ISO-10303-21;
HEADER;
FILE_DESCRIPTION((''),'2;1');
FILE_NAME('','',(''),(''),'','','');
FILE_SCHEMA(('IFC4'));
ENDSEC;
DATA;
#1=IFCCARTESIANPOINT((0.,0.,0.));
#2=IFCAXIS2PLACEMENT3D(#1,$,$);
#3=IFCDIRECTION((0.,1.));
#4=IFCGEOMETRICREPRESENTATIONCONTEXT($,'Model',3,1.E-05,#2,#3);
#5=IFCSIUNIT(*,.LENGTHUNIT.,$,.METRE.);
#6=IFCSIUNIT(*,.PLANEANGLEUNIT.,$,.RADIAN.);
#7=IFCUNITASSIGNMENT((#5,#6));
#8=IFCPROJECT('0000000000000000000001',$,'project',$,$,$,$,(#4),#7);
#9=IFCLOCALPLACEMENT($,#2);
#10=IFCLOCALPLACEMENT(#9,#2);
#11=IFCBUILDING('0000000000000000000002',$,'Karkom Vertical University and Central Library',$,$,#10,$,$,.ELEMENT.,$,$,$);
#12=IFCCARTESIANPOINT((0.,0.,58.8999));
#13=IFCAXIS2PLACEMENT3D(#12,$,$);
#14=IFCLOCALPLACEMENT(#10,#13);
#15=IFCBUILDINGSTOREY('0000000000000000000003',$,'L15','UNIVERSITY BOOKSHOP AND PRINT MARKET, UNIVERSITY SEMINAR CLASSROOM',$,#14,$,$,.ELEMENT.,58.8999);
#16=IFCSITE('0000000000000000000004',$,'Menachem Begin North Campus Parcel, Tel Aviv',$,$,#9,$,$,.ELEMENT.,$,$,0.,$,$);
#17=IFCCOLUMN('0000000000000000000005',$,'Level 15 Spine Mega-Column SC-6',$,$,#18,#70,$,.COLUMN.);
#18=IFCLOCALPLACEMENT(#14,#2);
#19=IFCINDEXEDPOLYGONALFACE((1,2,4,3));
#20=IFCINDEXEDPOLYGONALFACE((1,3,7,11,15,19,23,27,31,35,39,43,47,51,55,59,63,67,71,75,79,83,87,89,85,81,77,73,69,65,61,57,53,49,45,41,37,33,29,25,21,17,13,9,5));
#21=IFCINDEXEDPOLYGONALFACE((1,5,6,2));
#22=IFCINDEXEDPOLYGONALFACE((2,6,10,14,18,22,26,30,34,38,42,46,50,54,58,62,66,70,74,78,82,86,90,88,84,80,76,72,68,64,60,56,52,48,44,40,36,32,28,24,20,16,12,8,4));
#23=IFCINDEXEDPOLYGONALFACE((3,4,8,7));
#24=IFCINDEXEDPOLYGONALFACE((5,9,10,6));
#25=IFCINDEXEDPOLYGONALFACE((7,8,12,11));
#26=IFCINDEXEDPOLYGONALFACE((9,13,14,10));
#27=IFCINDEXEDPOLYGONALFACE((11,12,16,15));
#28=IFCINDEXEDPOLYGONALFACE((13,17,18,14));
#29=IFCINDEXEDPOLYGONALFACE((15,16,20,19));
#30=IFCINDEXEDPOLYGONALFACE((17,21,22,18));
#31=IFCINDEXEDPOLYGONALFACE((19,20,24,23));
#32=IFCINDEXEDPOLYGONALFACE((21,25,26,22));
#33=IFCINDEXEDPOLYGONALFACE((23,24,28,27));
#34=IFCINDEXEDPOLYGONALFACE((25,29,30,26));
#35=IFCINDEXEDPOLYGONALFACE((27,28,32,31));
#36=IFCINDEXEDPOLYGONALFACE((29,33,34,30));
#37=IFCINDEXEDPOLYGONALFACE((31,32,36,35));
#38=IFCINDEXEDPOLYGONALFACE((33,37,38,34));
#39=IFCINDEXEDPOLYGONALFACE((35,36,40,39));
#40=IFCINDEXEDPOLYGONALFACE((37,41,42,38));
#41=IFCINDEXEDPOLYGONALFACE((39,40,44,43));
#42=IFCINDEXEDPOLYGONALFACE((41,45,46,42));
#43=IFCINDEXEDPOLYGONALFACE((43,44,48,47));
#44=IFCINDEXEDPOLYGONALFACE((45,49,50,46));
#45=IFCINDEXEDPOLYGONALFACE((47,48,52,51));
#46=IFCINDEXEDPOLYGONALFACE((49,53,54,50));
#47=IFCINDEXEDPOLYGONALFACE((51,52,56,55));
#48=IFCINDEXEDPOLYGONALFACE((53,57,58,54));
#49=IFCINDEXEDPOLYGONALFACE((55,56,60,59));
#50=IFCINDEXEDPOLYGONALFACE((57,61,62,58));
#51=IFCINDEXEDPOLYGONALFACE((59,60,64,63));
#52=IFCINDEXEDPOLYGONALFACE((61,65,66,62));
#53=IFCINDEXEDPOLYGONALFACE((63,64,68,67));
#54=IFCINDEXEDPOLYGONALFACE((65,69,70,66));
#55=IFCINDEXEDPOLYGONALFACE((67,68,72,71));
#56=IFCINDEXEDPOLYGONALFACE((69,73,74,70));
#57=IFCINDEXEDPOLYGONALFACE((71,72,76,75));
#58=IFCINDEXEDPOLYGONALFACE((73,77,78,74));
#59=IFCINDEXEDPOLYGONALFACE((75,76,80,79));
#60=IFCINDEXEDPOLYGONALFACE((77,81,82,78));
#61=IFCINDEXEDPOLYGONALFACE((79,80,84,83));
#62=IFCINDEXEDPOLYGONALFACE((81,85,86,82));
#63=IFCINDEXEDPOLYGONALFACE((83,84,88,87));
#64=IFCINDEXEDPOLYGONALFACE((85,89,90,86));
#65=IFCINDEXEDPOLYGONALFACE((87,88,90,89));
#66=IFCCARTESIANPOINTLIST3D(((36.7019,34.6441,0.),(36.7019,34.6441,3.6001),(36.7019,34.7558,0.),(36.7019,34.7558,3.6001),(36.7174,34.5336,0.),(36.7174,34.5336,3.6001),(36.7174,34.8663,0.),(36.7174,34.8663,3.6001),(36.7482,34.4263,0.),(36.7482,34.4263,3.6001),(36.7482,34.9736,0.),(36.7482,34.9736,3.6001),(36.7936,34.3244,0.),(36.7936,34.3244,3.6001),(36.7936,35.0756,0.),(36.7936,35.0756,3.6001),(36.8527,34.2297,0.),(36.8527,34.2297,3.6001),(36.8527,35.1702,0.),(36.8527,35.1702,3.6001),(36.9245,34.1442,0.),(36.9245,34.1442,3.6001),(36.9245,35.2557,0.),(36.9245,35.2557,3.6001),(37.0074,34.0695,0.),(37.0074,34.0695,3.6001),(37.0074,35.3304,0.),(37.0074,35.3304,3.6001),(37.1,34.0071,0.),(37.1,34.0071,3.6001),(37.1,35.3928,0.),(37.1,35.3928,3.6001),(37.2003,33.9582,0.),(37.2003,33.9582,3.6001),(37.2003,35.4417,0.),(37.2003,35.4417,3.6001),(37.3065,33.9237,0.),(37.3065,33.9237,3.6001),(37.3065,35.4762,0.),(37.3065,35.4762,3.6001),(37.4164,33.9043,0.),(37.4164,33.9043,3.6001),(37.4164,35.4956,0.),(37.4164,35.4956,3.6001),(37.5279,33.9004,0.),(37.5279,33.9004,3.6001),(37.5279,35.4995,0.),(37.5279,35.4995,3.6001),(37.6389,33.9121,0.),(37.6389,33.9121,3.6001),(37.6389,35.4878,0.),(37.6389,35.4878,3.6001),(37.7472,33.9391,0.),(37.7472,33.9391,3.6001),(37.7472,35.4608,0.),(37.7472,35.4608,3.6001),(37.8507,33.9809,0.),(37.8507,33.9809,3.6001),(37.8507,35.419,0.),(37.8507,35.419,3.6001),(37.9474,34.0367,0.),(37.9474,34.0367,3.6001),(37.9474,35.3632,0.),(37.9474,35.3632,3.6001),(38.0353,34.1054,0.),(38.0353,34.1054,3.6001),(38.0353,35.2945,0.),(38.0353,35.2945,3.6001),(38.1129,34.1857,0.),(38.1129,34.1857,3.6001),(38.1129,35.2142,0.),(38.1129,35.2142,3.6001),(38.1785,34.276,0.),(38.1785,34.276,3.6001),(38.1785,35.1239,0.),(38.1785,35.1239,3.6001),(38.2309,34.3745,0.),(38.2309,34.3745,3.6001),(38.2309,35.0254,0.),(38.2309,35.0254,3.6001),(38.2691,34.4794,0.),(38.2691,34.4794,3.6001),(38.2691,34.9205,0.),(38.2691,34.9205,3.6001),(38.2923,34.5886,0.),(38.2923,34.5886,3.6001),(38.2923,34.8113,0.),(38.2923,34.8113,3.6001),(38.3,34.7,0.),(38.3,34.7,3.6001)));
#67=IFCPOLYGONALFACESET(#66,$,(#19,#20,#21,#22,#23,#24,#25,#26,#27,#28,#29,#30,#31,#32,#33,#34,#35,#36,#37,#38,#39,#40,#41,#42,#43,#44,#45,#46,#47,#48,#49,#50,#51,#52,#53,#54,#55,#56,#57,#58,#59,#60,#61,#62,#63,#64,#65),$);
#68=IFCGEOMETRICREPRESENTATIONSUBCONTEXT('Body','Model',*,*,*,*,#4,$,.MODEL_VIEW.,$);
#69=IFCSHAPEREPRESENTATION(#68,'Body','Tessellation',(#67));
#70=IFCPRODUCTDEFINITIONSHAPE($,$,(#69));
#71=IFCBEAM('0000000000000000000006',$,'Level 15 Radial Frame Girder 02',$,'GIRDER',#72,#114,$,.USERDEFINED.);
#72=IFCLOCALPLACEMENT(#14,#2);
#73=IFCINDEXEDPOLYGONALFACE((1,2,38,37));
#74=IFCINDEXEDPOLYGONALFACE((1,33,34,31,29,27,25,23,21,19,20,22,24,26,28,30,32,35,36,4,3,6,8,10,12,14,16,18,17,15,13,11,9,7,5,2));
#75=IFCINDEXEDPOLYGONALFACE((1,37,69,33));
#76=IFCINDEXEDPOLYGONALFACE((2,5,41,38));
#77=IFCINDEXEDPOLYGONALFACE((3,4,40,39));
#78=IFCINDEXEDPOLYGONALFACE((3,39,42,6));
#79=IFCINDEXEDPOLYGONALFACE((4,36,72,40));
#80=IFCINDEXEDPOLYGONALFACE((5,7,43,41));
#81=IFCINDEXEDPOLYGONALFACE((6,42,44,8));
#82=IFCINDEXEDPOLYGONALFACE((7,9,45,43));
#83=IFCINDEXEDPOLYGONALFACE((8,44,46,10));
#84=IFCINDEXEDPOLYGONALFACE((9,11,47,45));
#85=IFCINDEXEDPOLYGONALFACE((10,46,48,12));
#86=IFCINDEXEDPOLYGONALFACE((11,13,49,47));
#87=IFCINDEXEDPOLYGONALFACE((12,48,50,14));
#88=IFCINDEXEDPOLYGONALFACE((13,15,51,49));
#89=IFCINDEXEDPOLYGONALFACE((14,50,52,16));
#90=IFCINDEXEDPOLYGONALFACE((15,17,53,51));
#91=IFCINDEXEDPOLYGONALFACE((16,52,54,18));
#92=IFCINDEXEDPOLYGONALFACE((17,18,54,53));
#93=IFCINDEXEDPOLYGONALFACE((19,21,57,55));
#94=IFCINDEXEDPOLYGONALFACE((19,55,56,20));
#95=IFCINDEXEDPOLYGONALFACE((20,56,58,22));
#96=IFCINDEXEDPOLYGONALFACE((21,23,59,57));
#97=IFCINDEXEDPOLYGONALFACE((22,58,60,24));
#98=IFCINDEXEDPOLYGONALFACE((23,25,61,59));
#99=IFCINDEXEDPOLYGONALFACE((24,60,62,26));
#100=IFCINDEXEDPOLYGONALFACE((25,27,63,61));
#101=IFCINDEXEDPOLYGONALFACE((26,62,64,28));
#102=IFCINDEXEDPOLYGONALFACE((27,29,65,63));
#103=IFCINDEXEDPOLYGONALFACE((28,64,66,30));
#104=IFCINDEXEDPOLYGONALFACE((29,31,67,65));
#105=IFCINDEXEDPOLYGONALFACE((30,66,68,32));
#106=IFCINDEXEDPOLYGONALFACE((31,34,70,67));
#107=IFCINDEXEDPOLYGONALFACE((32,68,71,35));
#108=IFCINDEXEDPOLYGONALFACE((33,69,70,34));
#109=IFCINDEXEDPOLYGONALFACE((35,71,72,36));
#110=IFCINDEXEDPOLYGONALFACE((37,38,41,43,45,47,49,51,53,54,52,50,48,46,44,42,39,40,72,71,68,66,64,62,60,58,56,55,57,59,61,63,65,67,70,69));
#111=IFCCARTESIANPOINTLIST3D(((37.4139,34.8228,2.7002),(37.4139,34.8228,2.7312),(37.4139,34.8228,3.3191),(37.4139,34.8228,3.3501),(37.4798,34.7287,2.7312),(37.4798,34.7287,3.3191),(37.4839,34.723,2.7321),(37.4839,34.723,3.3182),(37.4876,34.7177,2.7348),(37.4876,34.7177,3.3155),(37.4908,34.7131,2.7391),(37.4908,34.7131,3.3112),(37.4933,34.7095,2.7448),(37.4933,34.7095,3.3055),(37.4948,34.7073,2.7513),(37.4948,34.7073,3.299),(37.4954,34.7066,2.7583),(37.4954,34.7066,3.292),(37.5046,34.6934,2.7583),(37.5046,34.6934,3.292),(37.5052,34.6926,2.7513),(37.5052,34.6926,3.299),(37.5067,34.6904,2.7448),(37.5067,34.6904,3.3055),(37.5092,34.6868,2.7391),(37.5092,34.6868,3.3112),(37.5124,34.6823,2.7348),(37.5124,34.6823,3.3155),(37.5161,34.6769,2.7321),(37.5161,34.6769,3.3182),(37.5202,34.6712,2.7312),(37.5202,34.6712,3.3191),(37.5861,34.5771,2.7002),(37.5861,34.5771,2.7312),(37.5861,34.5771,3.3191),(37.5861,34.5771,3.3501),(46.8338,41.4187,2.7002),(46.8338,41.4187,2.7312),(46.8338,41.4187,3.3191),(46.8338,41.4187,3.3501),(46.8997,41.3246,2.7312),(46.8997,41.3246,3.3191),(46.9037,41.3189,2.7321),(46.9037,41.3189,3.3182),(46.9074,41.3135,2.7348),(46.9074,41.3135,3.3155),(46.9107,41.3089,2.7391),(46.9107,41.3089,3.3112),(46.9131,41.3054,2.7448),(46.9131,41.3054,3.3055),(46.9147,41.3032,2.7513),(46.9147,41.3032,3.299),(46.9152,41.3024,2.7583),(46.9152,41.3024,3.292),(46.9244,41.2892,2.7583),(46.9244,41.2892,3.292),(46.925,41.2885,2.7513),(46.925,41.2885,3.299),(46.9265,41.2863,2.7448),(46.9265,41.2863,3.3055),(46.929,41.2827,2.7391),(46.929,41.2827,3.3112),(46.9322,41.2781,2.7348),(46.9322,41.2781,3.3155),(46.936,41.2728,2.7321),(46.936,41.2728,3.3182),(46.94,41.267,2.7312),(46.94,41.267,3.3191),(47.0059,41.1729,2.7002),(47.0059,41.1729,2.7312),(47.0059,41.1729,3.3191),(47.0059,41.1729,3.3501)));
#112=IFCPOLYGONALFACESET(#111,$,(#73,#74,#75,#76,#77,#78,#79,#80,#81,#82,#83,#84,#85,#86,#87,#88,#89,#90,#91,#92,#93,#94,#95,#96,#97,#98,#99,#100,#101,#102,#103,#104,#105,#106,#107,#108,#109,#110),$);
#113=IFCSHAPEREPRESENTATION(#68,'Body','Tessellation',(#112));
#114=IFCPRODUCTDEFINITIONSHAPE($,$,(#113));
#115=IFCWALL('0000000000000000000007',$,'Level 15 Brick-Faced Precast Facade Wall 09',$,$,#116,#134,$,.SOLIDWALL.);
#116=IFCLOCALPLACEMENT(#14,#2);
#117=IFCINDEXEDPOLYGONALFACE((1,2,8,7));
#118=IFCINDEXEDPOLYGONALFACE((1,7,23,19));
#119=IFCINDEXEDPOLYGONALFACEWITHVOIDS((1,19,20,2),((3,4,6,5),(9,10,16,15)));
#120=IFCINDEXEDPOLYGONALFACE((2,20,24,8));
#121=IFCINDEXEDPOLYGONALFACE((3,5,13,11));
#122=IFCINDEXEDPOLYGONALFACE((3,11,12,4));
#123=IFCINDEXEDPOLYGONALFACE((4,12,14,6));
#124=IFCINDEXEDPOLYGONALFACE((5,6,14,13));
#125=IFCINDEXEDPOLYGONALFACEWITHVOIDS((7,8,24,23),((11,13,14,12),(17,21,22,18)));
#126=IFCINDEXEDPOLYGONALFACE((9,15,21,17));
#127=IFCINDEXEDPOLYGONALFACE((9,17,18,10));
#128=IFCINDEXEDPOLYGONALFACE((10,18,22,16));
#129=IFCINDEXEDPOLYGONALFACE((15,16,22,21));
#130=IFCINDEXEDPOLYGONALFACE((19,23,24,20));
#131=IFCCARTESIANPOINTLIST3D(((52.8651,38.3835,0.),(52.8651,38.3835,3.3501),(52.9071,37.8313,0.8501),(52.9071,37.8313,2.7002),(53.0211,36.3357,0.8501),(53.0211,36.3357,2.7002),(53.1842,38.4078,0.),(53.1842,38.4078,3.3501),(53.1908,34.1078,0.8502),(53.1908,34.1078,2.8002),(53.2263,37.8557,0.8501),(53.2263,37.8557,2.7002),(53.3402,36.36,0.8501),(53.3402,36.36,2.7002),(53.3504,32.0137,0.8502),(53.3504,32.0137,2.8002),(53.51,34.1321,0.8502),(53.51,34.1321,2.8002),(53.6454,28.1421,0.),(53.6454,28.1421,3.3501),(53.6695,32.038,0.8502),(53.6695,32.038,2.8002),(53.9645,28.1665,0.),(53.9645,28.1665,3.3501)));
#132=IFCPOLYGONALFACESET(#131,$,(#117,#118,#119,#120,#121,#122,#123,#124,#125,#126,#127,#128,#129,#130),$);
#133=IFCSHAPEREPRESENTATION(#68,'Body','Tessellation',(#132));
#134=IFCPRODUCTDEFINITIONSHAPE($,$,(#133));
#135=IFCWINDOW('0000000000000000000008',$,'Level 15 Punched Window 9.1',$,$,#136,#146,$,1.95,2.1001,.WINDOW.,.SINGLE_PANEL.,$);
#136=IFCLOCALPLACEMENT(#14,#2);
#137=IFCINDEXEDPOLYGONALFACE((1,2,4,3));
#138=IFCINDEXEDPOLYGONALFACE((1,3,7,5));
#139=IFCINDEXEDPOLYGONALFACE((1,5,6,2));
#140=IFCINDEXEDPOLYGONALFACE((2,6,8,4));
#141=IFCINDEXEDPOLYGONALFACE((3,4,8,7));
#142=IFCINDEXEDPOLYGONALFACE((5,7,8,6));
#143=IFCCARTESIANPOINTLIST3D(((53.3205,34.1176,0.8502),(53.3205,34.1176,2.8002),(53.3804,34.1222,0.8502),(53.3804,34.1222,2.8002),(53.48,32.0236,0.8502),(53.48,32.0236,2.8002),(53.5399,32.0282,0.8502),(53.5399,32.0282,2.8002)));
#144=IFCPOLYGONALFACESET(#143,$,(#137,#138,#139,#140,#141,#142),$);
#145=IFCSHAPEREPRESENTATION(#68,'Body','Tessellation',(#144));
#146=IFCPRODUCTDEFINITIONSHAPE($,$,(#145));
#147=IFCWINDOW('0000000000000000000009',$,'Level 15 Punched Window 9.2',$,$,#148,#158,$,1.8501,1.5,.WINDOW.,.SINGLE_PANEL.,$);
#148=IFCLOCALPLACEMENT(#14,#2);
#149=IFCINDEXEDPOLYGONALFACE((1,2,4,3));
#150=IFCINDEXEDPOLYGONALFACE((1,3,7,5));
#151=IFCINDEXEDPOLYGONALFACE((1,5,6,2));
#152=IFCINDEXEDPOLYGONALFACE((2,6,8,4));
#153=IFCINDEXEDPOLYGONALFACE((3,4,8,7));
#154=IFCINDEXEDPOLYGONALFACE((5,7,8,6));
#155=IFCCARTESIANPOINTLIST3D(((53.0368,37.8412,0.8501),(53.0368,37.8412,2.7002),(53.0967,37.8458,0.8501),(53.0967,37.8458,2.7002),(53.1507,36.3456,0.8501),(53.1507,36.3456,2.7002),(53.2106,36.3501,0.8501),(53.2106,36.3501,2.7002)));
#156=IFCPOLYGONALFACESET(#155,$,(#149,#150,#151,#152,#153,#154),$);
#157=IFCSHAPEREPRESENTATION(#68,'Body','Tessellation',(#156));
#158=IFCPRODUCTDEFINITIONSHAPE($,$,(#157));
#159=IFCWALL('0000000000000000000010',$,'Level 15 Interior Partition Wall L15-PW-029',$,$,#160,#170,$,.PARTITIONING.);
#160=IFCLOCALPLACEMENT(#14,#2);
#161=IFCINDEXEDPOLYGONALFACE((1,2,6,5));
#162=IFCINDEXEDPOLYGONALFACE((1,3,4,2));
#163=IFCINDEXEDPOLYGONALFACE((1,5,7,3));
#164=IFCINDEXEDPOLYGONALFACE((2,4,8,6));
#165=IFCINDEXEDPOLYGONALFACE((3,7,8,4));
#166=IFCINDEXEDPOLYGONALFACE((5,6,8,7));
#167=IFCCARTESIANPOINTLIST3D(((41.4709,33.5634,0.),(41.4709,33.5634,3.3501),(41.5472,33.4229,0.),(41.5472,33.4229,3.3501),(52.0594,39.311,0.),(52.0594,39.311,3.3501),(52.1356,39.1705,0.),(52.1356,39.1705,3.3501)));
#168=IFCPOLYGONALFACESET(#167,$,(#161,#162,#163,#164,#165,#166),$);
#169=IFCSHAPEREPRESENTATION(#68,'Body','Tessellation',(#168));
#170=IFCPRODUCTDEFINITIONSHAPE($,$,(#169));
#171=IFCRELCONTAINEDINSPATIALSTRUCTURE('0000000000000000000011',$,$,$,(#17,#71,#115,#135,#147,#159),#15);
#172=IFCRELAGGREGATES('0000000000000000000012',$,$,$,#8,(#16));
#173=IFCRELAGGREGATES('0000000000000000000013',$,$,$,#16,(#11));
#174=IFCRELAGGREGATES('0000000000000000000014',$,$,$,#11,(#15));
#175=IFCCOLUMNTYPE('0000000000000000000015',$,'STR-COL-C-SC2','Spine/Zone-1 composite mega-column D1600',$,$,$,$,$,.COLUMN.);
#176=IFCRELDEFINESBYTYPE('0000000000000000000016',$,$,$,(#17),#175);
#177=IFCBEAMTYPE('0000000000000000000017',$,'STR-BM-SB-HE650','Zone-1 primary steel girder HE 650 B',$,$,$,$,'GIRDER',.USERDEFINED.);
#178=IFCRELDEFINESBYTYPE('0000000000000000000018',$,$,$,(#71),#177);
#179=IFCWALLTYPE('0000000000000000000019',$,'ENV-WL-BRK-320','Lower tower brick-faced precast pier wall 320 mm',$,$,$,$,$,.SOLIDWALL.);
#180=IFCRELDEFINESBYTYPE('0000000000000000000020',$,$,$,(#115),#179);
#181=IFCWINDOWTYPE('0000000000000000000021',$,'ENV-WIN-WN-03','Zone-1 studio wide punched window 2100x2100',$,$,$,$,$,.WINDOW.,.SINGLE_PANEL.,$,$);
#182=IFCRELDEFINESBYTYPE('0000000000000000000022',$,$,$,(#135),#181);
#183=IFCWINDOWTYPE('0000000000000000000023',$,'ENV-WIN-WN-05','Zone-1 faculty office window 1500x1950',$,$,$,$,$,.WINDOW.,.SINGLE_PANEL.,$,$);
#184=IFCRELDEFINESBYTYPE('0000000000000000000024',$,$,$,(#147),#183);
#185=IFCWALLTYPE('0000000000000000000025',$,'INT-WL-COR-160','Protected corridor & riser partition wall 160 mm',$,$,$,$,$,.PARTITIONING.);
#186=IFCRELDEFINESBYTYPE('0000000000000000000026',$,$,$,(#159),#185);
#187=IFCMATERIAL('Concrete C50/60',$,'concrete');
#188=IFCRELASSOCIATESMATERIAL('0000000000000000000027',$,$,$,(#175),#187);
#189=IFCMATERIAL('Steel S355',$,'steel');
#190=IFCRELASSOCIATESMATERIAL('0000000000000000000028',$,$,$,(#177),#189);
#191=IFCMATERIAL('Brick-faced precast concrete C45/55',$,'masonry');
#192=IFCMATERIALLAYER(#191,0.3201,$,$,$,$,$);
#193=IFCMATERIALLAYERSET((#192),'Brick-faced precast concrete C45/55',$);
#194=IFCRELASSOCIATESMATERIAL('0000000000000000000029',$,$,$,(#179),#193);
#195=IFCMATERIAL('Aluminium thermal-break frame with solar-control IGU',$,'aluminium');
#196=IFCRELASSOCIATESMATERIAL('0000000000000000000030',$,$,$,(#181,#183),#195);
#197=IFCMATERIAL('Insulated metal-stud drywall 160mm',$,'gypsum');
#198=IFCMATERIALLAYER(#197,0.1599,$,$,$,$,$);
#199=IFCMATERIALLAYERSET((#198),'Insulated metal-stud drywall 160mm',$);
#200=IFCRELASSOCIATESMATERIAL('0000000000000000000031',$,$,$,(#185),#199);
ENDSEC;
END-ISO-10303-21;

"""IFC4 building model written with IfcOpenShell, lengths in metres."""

from ifc_helpers import new_model, si_unit, direction, frame, frame_2d, origin, origin_with_axes, origin_2d, place, context, subcontext, project, spatial, rectangle, circle, i_section, extrude, source, transform, mapped, material, layer, layer_set, material_profile, profile_set, type_object, element, fill, save


model = new_model("IFC4")

# Units and contexts
model_context = context("Model", 3, precision=1e-05, world=origin(), true_north=direction((0.0, 1.0)))
body_context = subcontext(model_context, "Body", "Model", "MODEL_VIEW")
ifc_project = project(units=[si_unit("LENGTHUNIT", "METRE"), si_unit("PLANEANGLEUNIT", "RADIAN")], contexts=[model_context])

# Site, building, storey
site_placement = place(None, origin())
site = spatial("IfcSite", under=ifc_project, at=site_placement, Name="Menachem Begin North Campus Parcel, Tel Aviv", CompositionType="ELEMENT", RefElevation=0.0)
building_placement = place(site_placement, origin())
building = spatial("IfcBuilding", under=site, at=building_placement, Name="Karkom Vertical University and Central Library", CompositionType="ELEMENT")
storey_placement = place(building_placement, frame((0.0, 0.0, 58.8999)))
storey = spatial("IfcBuildingStorey", under=building, at=storey_placement, Name="L15", Description="UNIVERSITY BOOKSHOP AND PRINT MARKET, UNIVERSITY SEMINAR CLASSROOM", CompositionType="ELEMENT", Elevation=58.8999)

# Column
ifc_material_1 = material(Name="Concrete C50/60", Category="concrete")
ifc_material_profile_1 = material_profile(ifc_material_1, circle(Radius=0.8, at=origin_2d()), Name="CFT-D1600")
ifc_profile_set_1 = profile_set([ifc_material_profile_1], Name="Concrete C50/60")
column_type = type_object("IfcColumnType", Name="STR-COL-C-SC2", Description="Spine/Zone-1 composite mega-column D1600", PredefinedType="COLUMN", material=ifc_profile_set_1)
shared_shape_1 = source(origin_with_axes(), body_context, "Body", "SweptSolid", [
    extrude(circle(Radius=0.8, at=origin_2d()), origin(), (0.0, 0.0, 1.0), 3.6001),
])
column_placement = place(storey_placement, frame((37.5, 34.7, 0.0), z_axis=(0.0, 0.0, 1.0), x_axis=(1.0, 0.0, 0.0)))
element("IfcColumn", 1, at=column_placement, inside=storey, type_object=column_type, Name="Level 15 Spine Mega-Column SC-6", PredefinedType="COLUMN", context=body_context, shape_type="MappedRepresentation", body=[
    mapped(shared_shape_1, transform((0.0, 0.0, 0.0), scale=1.0)),
])

# Beam
ifc_material_2 = material(Name="Steel S355", Category="steel")
ifc_material_profile_2 = material_profile(ifc_material_2, i_section(OverallWidth=0.3, OverallDepth=0.6499, WebThickness=0.0161, FlangeThickness=0.031, FilletRadius=0.0271, at=origin_2d()), Name="HE 650 B")
ifc_profile_set_2 = profile_set([ifc_material_profile_2], Name="Steel S355")
beam_type = type_object("IfcBeamType", Name="STR-BM-SB-HE650", Description="Zone-1 primary steel girder HE 650 B", ElementType="GIRDER", PredefinedType="USERDEFINED", material=ifc_profile_set_2)
shared_shape_2 = source(origin_with_axes(), body_context, "Body", "SweptSolid", [
    extrude(i_section(OverallWidth=0.3, OverallDepth=0.6499, WebThickness=0.0161, FlangeThickness=0.031, FilletRadius=0.0271, at=origin_2d()), origin(), (0.0, 0.0, 1.0), 11.4995),
])
beam_placement = place(storey_placement, frame((37.5, 34.7, 3.0251), z_axis=(0.81915, 0.573579, 0.0), x_axis=(-0.573579, 0.81915, 0.0)))
element("IfcBeam", 2, at=beam_placement, inside=storey, type_object=beam_type, Name="Level 15 Radial Frame Girder 02", ObjectType="GIRDER", PredefinedType="USERDEFINED", context=body_context, shape_type="MappedRepresentation", body=[
    mapped(shared_shape_2, transform((0.0, 0.0, 0.0), scale=1.0)),
])

# Wall, openings, windows
ifc_material_3 = material(Name="Brick-faced precast concrete C45/55", Category="masonry")
ifc_layer_1 = layer(ifc_material_3, 0.3201)
ifc_layer_set_1 = layer_set([ifc_layer_1], Name="Brick-faced precast concrete C45/55")
wall_type_1 = type_object("IfcWallType", Name="ENV-WL-BRK-320", Description="Lower tower brick-faced precast pier wall 320 mm", PredefinedType="SOLIDWALL", material=ifc_layer_set_1)
wall_1_placement = place(storey_placement, frame((53.8049, 28.1543, 0.0), z_axis=(0.0, 0.0, 1.0), x_axis=(-0.075969, 0.99711, 0.0)))
wall_1 = element("IfcWall", 3, at=wall_1_placement, inside=storey, type_object=wall_type_1, Name="Level 15 Brick-Faced Precast Facade Wall 09", PredefinedType="SOLIDWALL", context=body_context, shape_type="SweptSolid", body=[
    extrude(rectangle(XDim=10.271, YDim=0.3201, at=frame_2d((5.1355, 0.0))), origin(), (0.0, 0.0, 1.0), 3.3501),
])
opening_1_placement = place(wall_1_placement, frame((3.8828, 0.0, 0.8501)))
opening_1 = element("IfcOpeningElement", 4, at=opening_1_placement, cuts=wall_1, PredefinedType="OPENING", context=body_context, shape_type="SweptSolid", body=[
    extrude(rectangle(XDim=2.1001, YDim=1.95, at=frame_2d((1.05, 0.9751))), frame((0.0, 0.1699, 0.0), z_axis=(0.0, -1.0, 0.0), x_axis=(1.0, 0.0, 0.0)), (0.0, 0.0, 1.0), 0.3401),
])
opening_2_placement = place(wall_1_placement, frame((8.2173, 0.0, 0.8501)))
opening_2 = element("IfcOpeningElement", 5, at=opening_2_placement, cuts=wall_1, PredefinedType="OPENING", context=body_context, shape_type="SweptSolid", body=[
    extrude(rectangle(XDim=1.5, YDim=1.8501, at=frame_2d((0.75, 0.925))), frame((0.0, 0.1699, 0.0), z_axis=(0.0, -1.0, 0.0), x_axis=(1.0, 0.0, 0.0)), (0.0, 0.0, 1.0), 0.3401),
])
ifc_material_4 = material(Name="Aluminium thermal-break frame with solar-control IGU", Category="aluminium")
window_type_1 = type_object("IfcWindowType", Name="ENV-WIN-WN-03", Description="Zone-1 studio wide punched window 2100x2100", PartitioningType="SINGLE_PANEL", PredefinedType="WINDOW", material=ifc_material_4)
shared_shape_3 = source(origin_with_axes(), body_context, "Body", "SweptSolid", [
    extrude(rectangle(XDim=2.1001, YDim=1.95, at=frame_2d((1.05, 0.9751))), frame((0.0, 0.03, 0.0), z_axis=(0.0, -1.0, 0.0), x_axis=(1.0, 0.0, 0.0)), (0.0, 0.0, 1.0), 0.0601),
])
window_1_placement = place(opening_1_placement, origin())
window_1 = element("IfcWindow", 6, at=window_1_placement, inside=storey, type_object=window_type_1, Name="Level 15 Punched Window 9.1", OverallHeight=1.95, OverallWidth=2.1001, PartitioningType="SINGLE_PANEL", PredefinedType="WINDOW", context=body_context, shape_type="MappedRepresentation", body=[
    mapped(shared_shape_3, transform((0.0, 0.0, 0.0), scale=1.0)),
])
fill(opening_1, window_1)
window_type_2 = type_object("IfcWindowType", Name="ENV-WIN-WN-05", Description="Zone-1 faculty office window 1500x1950", PartitioningType="SINGLE_PANEL", PredefinedType="WINDOW", material=ifc_material_4)
shared_shape_4 = source(origin_with_axes(), body_context, "Body", "SweptSolid", [
    extrude(rectangle(XDim=1.5, YDim=1.8501, at=frame_2d((0.75, 0.925))), frame((0.0, 0.03, 0.0), z_axis=(0.0, -1.0, 0.0), x_axis=(1.0, 0.0, 0.0)), (0.0, 0.0, 1.0), 0.0601),
])
window_2_placement = place(opening_2_placement, origin())
window_2 = element("IfcWindow", 7, at=window_2_placement, inside=storey, type_object=window_type_2, Name="Level 15 Punched Window 9.2", OverallHeight=1.8501, OverallWidth=1.5, PartitioningType="SINGLE_PANEL", PredefinedType="WINDOW", context=body_context, shape_type="MappedRepresentation", body=[
    mapped(shared_shape_4, transform((0.0, 0.0, 0.0), scale=1.0)),
])
fill(opening_2, window_2)

# Wall
ifc_material_5 = material(Name="Insulated metal-stud drywall 160mm", Category="gypsum")
ifc_layer_2 = layer(ifc_material_5, 0.1599)
ifc_layer_set_2 = layer_set([ifc_layer_2], Name="Insulated metal-stud drywall 160mm")
wall_type_2 = type_object("IfcWallType", Name="INT-WL-COR-160", Description="Protected corridor & riser partition wall 160 mm", PredefinedType="PARTITIONING", material=ifc_layer_set_2)
wall_2_placement = place(storey_placement, frame((41.509, 33.4932, 0.0), z_axis=(0.0, 0.0, 1.0), x_axis=(0.878868, 0.477065, 0.0)))
element("IfcWall", 8, at=wall_2_placement, inside=storey, type_object=wall_type_2, Name="Level 15 Interior Partition Wall L15-PW-029", PredefinedType="PARTITIONING", context=body_context, shape_type="SweptSolid", body=[
    extrude(rectangle(XDim=12.0479, YDim=0.1599, at=frame_2d((6.0239, 0.0))), origin(), (0.0, 0.0, 1.0), 3.3501),
])

save(model, "model.ifc")
